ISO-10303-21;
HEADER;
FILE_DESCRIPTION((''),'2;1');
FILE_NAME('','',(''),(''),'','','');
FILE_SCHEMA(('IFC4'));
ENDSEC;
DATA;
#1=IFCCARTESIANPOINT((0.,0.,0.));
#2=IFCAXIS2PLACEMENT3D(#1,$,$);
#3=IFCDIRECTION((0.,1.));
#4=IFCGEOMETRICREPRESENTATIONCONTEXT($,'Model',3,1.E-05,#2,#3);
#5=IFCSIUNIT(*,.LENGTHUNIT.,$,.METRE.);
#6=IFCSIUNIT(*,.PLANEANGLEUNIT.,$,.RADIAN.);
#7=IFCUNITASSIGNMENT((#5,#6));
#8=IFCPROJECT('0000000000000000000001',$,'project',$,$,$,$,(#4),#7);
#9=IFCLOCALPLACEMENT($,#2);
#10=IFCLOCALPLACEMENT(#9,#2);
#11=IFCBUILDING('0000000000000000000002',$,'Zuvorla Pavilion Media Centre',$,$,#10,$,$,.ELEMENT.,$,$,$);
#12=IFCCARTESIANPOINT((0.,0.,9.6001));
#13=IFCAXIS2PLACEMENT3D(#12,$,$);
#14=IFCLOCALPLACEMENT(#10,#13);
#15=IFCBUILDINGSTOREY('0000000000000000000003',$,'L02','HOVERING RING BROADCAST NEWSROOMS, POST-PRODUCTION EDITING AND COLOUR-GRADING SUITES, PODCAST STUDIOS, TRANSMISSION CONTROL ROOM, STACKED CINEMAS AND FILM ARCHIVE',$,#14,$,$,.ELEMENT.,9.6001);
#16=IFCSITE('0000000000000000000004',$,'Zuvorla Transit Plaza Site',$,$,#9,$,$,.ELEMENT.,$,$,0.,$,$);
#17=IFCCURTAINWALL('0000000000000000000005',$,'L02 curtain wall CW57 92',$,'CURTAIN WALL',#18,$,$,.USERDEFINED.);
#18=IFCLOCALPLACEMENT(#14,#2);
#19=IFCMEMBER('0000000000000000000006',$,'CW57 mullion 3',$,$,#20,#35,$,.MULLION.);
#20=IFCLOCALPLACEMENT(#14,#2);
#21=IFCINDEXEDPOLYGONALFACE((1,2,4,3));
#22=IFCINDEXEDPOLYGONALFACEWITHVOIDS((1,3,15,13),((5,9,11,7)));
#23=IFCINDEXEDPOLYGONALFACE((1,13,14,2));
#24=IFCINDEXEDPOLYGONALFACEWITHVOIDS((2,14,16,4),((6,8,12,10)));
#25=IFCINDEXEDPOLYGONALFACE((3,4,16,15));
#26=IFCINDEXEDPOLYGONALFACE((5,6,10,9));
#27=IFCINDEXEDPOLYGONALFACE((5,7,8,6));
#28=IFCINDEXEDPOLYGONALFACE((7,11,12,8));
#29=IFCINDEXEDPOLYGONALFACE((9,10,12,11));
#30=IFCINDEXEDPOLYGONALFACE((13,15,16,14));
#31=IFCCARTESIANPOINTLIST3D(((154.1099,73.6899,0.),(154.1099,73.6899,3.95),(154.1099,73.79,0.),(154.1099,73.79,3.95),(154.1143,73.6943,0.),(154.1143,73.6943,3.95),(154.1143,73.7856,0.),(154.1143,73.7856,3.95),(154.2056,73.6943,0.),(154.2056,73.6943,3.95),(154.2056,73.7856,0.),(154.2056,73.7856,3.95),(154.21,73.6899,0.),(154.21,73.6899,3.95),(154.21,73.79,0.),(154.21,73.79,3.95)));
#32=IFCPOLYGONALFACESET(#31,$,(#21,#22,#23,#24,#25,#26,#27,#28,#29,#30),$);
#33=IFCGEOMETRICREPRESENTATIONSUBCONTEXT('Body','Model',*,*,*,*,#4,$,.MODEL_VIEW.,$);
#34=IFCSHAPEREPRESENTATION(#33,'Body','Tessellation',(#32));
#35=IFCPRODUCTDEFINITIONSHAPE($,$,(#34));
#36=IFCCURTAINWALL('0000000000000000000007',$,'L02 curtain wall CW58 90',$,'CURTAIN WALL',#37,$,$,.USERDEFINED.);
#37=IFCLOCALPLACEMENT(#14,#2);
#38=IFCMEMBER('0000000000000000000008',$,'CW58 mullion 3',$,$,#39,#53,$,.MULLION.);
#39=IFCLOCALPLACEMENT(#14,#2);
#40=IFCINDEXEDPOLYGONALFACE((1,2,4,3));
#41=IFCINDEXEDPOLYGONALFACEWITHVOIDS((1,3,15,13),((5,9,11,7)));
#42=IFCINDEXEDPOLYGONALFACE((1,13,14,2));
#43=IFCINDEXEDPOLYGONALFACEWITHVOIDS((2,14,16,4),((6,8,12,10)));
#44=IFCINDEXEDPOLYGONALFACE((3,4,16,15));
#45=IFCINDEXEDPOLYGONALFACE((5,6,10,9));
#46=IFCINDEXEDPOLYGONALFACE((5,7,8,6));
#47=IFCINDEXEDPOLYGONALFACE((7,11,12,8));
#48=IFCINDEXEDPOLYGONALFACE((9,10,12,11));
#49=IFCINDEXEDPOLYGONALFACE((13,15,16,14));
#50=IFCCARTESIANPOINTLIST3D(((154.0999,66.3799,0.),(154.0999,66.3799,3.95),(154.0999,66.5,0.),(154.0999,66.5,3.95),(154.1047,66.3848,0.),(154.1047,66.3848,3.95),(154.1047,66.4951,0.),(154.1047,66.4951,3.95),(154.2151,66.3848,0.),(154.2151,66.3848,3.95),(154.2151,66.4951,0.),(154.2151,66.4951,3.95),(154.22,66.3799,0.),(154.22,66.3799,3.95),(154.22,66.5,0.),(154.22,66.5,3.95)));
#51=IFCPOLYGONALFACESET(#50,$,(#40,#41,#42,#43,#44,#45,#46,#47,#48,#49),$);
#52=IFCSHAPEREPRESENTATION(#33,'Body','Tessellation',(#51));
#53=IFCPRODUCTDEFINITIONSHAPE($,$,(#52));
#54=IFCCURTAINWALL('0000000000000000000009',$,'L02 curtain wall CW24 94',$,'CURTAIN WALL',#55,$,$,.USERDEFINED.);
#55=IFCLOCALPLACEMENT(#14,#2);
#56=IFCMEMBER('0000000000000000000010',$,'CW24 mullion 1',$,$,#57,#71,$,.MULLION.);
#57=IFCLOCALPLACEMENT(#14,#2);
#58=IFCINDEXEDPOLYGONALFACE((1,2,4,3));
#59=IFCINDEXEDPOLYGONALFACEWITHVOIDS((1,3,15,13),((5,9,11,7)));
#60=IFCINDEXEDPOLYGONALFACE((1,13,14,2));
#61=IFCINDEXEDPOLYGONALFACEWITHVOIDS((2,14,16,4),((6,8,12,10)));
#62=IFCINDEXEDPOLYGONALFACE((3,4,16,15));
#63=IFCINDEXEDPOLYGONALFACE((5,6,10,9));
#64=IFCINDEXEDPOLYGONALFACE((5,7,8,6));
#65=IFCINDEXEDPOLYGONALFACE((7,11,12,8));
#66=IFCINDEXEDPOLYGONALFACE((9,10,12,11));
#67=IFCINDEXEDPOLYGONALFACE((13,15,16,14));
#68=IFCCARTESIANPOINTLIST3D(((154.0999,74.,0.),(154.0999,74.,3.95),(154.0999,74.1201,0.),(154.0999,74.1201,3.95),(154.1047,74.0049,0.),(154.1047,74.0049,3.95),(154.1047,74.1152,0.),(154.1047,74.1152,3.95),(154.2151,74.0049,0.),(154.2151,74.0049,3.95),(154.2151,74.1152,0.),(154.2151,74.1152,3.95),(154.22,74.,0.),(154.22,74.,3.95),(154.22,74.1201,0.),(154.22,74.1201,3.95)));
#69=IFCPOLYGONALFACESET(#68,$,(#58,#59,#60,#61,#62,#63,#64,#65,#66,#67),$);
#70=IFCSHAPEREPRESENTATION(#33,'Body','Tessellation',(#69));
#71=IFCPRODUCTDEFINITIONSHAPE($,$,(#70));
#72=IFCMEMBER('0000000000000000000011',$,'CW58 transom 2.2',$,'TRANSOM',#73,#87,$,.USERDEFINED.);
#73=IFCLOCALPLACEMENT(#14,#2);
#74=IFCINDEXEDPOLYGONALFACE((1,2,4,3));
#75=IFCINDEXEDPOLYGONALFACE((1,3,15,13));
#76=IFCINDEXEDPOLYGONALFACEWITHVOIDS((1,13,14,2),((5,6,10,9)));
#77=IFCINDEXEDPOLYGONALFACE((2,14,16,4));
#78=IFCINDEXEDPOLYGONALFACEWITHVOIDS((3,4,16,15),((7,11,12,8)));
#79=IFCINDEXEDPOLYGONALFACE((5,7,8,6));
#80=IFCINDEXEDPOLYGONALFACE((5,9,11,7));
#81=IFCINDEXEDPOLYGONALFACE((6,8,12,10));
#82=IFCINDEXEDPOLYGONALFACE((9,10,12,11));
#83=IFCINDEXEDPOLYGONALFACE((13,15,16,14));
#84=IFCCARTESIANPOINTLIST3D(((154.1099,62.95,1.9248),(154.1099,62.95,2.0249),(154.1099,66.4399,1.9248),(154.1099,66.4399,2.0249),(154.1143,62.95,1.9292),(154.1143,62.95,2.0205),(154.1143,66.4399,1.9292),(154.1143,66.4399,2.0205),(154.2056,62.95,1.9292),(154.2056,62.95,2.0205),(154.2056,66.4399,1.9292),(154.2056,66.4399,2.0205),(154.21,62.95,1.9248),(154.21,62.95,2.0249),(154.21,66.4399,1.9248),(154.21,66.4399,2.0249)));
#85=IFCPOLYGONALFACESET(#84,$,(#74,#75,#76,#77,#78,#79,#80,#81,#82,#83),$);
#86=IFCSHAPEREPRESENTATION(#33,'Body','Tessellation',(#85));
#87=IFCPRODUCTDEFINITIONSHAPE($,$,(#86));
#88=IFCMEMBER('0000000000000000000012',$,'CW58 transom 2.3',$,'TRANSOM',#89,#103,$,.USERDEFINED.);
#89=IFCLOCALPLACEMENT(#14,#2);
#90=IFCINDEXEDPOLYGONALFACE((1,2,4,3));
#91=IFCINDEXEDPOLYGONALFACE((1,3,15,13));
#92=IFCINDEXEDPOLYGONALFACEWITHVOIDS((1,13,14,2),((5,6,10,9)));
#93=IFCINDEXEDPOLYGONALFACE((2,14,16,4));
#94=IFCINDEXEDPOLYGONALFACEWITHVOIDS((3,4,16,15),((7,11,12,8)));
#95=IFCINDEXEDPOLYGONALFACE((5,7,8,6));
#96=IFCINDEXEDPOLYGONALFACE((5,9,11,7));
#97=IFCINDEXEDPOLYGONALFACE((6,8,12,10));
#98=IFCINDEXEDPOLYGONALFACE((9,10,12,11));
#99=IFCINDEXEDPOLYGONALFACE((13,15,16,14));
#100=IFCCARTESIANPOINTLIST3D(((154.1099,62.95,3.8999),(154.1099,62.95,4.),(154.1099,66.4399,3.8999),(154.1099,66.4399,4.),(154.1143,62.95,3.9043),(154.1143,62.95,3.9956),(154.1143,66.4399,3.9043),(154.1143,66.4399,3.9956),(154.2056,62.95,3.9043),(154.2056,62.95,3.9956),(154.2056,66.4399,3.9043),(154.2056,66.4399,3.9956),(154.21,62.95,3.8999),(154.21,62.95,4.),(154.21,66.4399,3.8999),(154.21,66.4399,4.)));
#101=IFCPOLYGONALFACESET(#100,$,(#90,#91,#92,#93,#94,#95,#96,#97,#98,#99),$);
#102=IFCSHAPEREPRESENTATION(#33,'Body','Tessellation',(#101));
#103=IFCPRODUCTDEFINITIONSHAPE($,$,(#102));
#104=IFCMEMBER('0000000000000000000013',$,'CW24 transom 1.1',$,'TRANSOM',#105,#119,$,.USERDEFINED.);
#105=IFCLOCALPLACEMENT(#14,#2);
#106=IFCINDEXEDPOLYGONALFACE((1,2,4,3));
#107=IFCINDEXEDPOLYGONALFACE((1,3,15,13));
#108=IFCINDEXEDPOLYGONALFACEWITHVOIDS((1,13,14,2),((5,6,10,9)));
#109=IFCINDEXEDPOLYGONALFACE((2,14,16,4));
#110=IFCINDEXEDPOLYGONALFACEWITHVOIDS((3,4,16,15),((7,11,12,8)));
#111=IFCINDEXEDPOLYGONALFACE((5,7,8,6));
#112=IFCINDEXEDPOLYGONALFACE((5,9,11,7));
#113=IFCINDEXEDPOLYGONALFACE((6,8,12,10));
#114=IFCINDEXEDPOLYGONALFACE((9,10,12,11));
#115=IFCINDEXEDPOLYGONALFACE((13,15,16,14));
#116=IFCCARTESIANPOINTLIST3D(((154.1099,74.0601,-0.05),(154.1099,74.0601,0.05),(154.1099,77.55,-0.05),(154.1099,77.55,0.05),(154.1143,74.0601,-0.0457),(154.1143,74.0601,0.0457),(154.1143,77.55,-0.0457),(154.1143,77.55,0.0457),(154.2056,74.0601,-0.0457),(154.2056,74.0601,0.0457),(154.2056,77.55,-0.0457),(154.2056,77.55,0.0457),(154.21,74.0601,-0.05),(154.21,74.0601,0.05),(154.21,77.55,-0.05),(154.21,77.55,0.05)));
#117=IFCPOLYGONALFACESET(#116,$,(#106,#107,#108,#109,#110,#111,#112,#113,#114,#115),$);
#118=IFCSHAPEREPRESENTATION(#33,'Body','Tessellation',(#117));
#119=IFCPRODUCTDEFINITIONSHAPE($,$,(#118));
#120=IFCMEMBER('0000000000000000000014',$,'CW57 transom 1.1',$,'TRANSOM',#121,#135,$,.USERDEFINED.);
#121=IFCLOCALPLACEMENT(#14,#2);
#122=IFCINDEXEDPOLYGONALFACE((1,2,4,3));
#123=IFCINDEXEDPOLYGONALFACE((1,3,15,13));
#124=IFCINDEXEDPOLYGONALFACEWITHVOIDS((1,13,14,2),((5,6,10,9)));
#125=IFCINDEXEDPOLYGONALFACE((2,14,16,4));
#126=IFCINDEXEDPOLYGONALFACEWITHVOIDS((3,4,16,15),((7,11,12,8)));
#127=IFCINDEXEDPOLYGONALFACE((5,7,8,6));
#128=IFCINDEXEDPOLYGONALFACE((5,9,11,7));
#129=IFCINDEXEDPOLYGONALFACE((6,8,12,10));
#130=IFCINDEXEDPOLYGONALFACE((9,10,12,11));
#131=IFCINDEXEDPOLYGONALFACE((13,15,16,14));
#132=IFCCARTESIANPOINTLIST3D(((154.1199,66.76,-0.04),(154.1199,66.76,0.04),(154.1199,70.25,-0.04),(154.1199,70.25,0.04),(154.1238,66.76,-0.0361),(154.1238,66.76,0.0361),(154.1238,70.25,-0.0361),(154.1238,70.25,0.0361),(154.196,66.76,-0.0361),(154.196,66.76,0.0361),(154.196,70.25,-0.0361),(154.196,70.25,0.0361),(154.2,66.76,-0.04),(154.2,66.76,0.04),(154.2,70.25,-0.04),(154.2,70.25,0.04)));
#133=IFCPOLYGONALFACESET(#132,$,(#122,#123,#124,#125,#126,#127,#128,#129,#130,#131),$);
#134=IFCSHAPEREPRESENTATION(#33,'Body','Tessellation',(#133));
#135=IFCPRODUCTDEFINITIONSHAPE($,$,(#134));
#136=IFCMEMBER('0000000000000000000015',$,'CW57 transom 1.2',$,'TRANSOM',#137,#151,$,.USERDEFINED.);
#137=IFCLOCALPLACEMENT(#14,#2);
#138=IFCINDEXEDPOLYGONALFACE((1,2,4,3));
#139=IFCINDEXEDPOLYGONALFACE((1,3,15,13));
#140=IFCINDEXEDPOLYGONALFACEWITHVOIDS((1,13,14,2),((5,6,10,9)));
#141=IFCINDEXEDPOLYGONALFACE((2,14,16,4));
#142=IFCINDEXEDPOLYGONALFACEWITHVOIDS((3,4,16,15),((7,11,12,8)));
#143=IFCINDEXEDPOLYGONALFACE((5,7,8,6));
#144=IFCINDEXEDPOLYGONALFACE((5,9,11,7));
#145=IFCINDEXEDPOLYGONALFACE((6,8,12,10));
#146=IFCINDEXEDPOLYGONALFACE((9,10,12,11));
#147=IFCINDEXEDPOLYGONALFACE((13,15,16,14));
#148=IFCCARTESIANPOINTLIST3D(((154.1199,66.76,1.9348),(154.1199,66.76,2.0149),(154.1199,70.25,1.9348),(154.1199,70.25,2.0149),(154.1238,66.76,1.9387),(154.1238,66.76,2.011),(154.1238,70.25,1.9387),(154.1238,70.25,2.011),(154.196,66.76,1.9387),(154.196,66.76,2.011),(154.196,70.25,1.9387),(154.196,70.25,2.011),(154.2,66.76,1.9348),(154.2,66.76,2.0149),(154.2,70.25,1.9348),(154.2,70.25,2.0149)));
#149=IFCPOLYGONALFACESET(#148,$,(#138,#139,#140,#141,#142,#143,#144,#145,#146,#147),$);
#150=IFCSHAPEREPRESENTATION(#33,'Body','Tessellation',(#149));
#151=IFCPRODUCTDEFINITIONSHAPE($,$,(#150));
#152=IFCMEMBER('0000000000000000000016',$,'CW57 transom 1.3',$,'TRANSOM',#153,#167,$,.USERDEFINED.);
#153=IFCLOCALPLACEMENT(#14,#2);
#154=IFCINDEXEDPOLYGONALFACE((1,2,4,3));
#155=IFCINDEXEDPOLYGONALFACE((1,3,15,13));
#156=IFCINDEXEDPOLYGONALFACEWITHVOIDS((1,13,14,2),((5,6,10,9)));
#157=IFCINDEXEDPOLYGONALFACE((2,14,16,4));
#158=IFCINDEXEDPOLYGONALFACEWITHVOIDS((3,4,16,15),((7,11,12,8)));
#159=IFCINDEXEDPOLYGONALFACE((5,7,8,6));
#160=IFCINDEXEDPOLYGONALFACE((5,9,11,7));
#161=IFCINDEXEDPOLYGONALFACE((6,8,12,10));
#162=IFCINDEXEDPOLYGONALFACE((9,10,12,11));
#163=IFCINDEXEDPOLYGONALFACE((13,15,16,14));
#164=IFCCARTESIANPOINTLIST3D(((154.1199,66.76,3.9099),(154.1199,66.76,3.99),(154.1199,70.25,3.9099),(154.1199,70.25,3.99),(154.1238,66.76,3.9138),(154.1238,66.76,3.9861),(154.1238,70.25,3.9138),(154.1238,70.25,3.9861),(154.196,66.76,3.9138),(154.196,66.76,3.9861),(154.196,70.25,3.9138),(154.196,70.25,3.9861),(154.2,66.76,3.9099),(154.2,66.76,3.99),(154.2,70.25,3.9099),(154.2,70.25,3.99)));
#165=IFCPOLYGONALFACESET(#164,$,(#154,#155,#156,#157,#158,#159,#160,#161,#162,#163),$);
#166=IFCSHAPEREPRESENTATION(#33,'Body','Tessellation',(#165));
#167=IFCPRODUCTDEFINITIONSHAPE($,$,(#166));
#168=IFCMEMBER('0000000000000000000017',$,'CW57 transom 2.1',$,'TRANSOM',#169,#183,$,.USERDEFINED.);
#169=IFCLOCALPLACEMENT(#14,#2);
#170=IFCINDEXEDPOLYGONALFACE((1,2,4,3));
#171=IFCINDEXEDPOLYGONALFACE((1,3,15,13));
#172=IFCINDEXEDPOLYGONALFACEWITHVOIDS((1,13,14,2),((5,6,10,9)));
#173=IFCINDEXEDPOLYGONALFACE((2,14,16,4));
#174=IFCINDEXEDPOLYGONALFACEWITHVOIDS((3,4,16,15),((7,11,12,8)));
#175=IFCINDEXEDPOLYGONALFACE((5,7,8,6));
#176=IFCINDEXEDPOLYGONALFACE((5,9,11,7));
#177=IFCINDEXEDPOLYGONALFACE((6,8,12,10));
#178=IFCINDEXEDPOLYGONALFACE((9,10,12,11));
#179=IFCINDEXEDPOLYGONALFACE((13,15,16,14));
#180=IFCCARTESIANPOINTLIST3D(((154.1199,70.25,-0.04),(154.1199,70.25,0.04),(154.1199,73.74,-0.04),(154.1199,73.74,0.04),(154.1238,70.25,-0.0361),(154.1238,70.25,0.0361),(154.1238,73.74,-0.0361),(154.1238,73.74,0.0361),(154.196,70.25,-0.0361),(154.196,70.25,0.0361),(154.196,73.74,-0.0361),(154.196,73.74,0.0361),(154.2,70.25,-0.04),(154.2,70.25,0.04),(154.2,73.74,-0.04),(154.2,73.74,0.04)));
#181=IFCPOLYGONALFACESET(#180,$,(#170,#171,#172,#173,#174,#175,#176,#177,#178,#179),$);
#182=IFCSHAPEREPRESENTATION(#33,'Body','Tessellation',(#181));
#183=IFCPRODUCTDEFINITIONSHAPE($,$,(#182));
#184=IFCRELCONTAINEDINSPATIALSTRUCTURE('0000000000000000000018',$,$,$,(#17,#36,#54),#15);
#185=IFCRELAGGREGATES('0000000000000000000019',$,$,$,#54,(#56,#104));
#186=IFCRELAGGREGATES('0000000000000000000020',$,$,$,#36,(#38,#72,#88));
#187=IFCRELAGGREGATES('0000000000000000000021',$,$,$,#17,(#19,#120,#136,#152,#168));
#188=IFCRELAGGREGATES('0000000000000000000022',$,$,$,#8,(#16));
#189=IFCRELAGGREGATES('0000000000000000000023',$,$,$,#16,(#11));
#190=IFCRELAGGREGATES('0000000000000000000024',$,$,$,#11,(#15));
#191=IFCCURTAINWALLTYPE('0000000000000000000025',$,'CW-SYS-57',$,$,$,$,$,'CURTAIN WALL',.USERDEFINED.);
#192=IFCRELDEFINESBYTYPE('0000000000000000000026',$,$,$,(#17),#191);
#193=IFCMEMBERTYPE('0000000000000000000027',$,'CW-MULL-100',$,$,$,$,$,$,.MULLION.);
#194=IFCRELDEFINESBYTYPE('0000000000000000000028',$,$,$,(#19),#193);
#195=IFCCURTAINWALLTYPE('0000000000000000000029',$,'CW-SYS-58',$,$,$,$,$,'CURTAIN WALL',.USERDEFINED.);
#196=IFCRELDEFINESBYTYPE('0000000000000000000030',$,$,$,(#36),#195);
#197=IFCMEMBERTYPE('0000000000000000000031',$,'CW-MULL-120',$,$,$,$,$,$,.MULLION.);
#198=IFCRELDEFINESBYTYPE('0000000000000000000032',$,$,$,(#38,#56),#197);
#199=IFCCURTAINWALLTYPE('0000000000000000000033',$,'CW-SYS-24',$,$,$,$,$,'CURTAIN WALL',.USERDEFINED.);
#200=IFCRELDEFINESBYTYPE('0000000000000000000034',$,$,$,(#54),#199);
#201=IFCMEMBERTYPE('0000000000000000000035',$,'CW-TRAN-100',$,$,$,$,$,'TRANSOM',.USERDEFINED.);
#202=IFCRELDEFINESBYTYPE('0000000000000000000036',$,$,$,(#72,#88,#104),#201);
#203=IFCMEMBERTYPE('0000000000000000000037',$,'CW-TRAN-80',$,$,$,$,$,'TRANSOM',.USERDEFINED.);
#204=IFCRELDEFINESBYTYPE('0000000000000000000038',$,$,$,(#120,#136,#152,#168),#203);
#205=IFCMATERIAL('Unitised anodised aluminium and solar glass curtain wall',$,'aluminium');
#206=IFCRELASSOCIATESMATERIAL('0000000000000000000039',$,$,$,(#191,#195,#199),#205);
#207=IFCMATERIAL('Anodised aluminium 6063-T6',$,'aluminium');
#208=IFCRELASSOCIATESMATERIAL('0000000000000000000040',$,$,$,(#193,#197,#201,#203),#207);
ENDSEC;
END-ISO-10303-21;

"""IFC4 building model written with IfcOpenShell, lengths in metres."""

from ifc_helpers import new_model, si_unit, direction, frame, origin, origin_2d, place, context, subcontext, project, spatial, hollow_rectangle, extrude, material, material_profile, profile_set, type_object, element, aggregate, save


model = new_model("IFC4")

# Units and contexts
model_context = context("Model", 3, precision=1e-05, world=origin(), true_north=direction((0.0, 1.0)))
body_context = subcontext(model_context, "Body", "Model", "MODEL_VIEW")
ifc_project = project(units=[si_unit("LENGTHUNIT", "METRE"), si_unit("PLANEANGLEUNIT", "RADIAN")], contexts=[model_context])

# Site, building, storey
site_placement = place(None, origin())
site = spatial("IfcSite", under=ifc_project, at=site_placement, Name="Zuvorla Transit Plaza Site", CompositionType="ELEMENT", RefElevation=0.0)
building_placement = place(site_placement, origin())
building = spatial("IfcBuilding", under=site, at=building_placement, Name="Zuvorla Pavilion Media Centre", CompositionType="ELEMENT")
storey_placement = place(building_placement, frame((0.0, 0.0, 9.6001)))
storey = spatial("IfcBuildingStorey", under=building, at=storey_placement, Name="L02", Description="HOVERING RING BROADCAST NEWSROOMS, POST-PRODUCTION EDITING AND COLOUR-GRADING SUITES, PODCAST STUDIOS, TRANSMISSION CONTROL ROOM, STACKED CINEMAS AND FILM ARCHIVE", CompositionType="ELEMENT", Elevation=9.6001)

# Curtain wall, member
ifc_material_1 = material(Name="Unitised anodised aluminium and solar glass curtain wall", Category="aluminium")
curtain_wall_type_1 = type_object("IfcCurtainWallType", Name="CW-SYS-57", ElementType="CURTAIN WALL", PredefinedType="USERDEFINED", material=ifc_material_1)
curtain_wall_1_placement = place(storey_placement, origin())
curtain_wall_1 = element("IfcCurtainWall", 1, at=curtain_wall_1_placement, inside=storey, type_object=curtain_wall_type_1, Name="L02 curtain wall CW57 92", ObjectType="CURTAIN WALL", PredefinedType="USERDEFINED")
ifc_material_2 = material(Name="Anodised aluminium 6063-T6", Category="aluminium")
ifc_material_profile_1 = material_profile(ifc_material_2, hollow_rectangle(XDim=0.1001, YDim=0.1001, WallThickness=0.0044, at=origin_2d()), Name="ALU MULL 100x100")
ifc_profile_set_1 = profile_set([ifc_material_profile_1], Name="Anodised aluminium 6063-T6")
member_type_1 = type_object("IfcMemberType", Name="CW-MULL-100", PredefinedType="MULLION", material=ifc_profile_set_1)
member_1_placement = place(storey_placement, frame((154.1599, 73.74, 0.0), z_axis=(0.0, 0.0, 1.0), x_axis=(1.0, 0.0, 0.0)))
member_1 = element("IfcMember", 2, at=member_1_placement, type_object=member_type_1, Name="CW57 mullion 3", PredefinedType="MULLION", context=body_context, shape_type="SweptSolid", body=[
    extrude(hollow_rectangle(XDim=0.1001, YDim=0.1001, WallThickness=0.0044, at=origin_2d()), origin(), (0.0, 0.0, 1.0), 3.95),
])

# Curtain walls, members
curtain_wall_type_2 = type_object("IfcCurtainWallType", Name="CW-SYS-58", ElementType="CURTAIN WALL", PredefinedType="USERDEFINED", material=ifc_material_1)
curtain_wall_2_placement = place(storey_placement, origin())
curtain_wall_2 = element("IfcCurtainWall", 3, at=curtain_wall_2_placement, inside=storey, type_object=curtain_wall_type_2, Name="L02 curtain wall CW58 90", ObjectType="CURTAIN WALL", PredefinedType="USERDEFINED")
ifc_material_profile_2 = material_profile(ifc_material_2, hollow_rectangle(XDim=0.1201, YDim=0.1201, WallThickness=0.0049, at=origin_2d()), Name="ALU MULL 120x120")
ifc_profile_set_2 = profile_set([ifc_material_profile_2], Name="Anodised aluminium 6063-T6")
member_type_2 = type_object("IfcMemberType", Name="CW-MULL-120", PredefinedType="MULLION", material=ifc_profile_set_2)
member_2_placement = place(storey_placement, frame((154.1599, 66.4399, 0.0), z_axis=(0.0, 0.0, 1.0), x_axis=(1.0, 0.0, 0.0)))
member_2 = element("IfcMember", 4, at=member_2_placement, type_object=member_type_2, Name="CW58 mullion 3", PredefinedType="MULLION", context=body_context, shape_type="SweptSolid", body=[
    extrude(hollow_rectangle(XDim=0.1201, YDim=0.1201, WallThickness=0.0049, at=origin_2d()), origin(), (0.0, 0.0, 1.0), 3.95),
])
curtain_wall_type_3 = type_object("IfcCurtainWallType", Name="CW-SYS-24", ElementType="CURTAIN WALL", PredefinedType="USERDEFINED", material=ifc_material_1)
curtain_wall_3_placement = place(storey_placement, origin())
curtain_wall_3 = element("IfcCurtainWall", 5, at=curtain_wall_3_placement, inside=storey, type_object=curtain_wall_type_3, Name="L02 curtain wall CW24 94", ObjectType="CURTAIN WALL", PredefinedType="USERDEFINED")
member_3_placement = place(storey_placement, frame((154.1599, 74.0601, 0.0), z_axis=(0.0, 0.0, 1.0), x_axis=(1.0, 0.0, 0.0)))
member_3 = element("IfcMember", 6, at=member_3_placement, type_object=member_type_2, Name="CW24 mullion 1", PredefinedType="MULLION", context=body_context, shape_type="SweptSolid", body=[
    extrude(hollow_rectangle(XDim=0.1201, YDim=0.1201, WallThickness=0.0049, at=origin_2d()), origin(), (0.0, 0.0, 1.0), 3.95),
])

# Members
ifc_material_profile_3 = material_profile(ifc_material_2, hollow_rectangle(XDim=0.1001, YDim=0.1001, WallThickness=0.0044, at=origin_2d()), Name="ALU TRAN 100x100")
ifc_profile_set_3 = profile_set([ifc_material_profile_3], Name="Anodised aluminium 6063-T6")
member_type_3 = type_object("IfcMemberType", Name="CW-TRAN-100", ElementType="TRANSOM", PredefinedType="USERDEFINED", material=ifc_profile_set_3)
member_4_placement = place(storey_placement, frame((154.1599, 62.95, 1.9749), z_axis=(0.0, 1.0, 0.0), x_axis=(-1.0, 0.0, 0.0)))
member_4 = element("IfcMember", 7, at=member_4_placement, type_object=member_type_3, Name="CW58 transom 2.2", ObjectType="TRANSOM", PredefinedType="USERDEFINED", context=body_context, shape_type="SweptSolid", body=[
    extrude(hollow_rectangle(XDim=0.1001, YDim=0.1001, WallThickness=0.0044, at=origin_2d()), origin(), (0.0, 0.0, 1.0), 3.49),
])
member_5_placement = place(storey_placement, frame((154.1599, 62.95, 3.95), z_axis=(0.0, 1.0, 0.0), x_axis=(-1.0, 0.0, 0.0)))
member_5 = element("IfcMember", 8, at=member_5_placement, type_object=member_type_3, Name="CW58 transom 2.3", ObjectType="TRANSOM", PredefinedType="USERDEFINED", context=body_context, shape_type="SweptSolid", body=[
    extrude(hollow_rectangle(XDim=0.1001, YDim=0.1001, WallThickness=0.0044, at=origin_2d()), origin(), (0.0, 0.0, 1.0), 3.49),
])
member_6_placement = place(storey_placement, frame((154.1599, 74.0601, 0.0), z_axis=(0.0, 1.0, 0.0), x_axis=(-1.0, 0.0, 0.0)))
member_6 = element("IfcMember", 9, at=member_6_placement, type_object=member_type_3, Name="CW24 transom 1.1", ObjectType="TRANSOM", PredefinedType="USERDEFINED", context=body_context, shape_type="SweptSolid", body=[
    extrude(hollow_rectangle(XDim=0.1001, YDim=0.1001, WallThickness=0.0044, at=origin_2d()), origin(), (0.0, 0.0, 1.0), 3.49),
])
aggregate(curtain_wall_3, [member_3, member_6])
ifc_material_profile_4 = material_profile(ifc_material_2, hollow_rectangle(XDim=0.0801, YDim=0.0801, WallThickness=0.0039, at=origin_2d()), Name="ALU TRAN 80x80")
ifc_profile_set_4 = profile_set([ifc_material_profile_4], Name="Anodised aluminium 6063-T6")
member_type_4 = type_object("IfcMemberType", Name="CW-TRAN-80", ElementType="TRANSOM", PredefinedType="USERDEFINED", material=ifc_profile_set_4)
member_7_placement = place(storey_placement, frame((154.1599, 66.76, 0.0), z_axis=(0.0, 1.0, 0.0), x_axis=(-1.0, 0.0, 0.0)))
member_7 = element("IfcMember", 10, at=member_7_placement, type_object=member_type_4, Name="CW57 transom 1.1", ObjectType="TRANSOM", PredefinedType="USERDEFINED", context=body_context, shape_type="SweptSolid", body=[
    extrude(hollow_rectangle(XDim=0.0801, YDim=0.0801, WallThickness=0.0039, at=origin_2d()), origin(), (0.0, 0.0, 1.0), 3.49),
])
member_8_placement = place(storey_placement, frame((154.1599, 66.76, 1.9749), z_axis=(0.0, 1.0, 0.0), x_axis=(-1.0, 0.0, 0.0)))
member_8 = element("IfcMember", 11, at=member_8_placement, type_object=member_type_4, Name="CW57 transom 1.2", ObjectType="TRANSOM", PredefinedType="USERDEFINED", context=body_context, shape_type="SweptSolid", body=[
    extrude(hollow_rectangle(XDim=0.0801, YDim=0.0801, WallThickness=0.0039, at=origin_2d()), origin(), (0.0, 0.0, 1.0), 3.49),
])
member_9_placement = place(storey_placement, frame((154.1599, 66.76, 3.95), z_axis=(0.0, 1.0, 0.0), x_axis=(-1.0, 0.0, 0.0)))
member_9 = element("IfcMember", 12, at=member_9_placement, type_object=member_type_4, Name="CW57 transom 1.3", ObjectType="TRANSOM", PredefinedType="USERDEFINED", context=body_context, shape_type="SweptSolid", body=[
    extrude(hollow_rectangle(XDim=0.0801, YDim=0.0801, WallThickness=0.0039, at=origin_2d()), origin(), (0.0, 0.0, 1.0), 3.49),
])
member_10_placement = place(storey_placement, frame((154.1599, 70.25, 0.0), z_axis=(0.0, 1.0, 0.0), x_axis=(-1.0, 0.0, 0.0)))
member_10 = element("IfcMember", 13, at=member_10_placement, type_object=member_type_4, Name="CW57 transom 2.1", ObjectType="TRANSOM", PredefinedType="USERDEFINED", context=body_context, shape_type="SweptSolid", body=[
    extrude(hollow_rectangle(XDim=0.0801, YDim=0.0801, WallThickness=0.0039, at=origin_2d()), origin(), (0.0, 0.0, 1.0), 3.49),
])

aggregate(curtain_wall_2, [member_2, member_4, member_5])
aggregate(curtain_wall_1, [member_1, member_7, member_8, member_9, member_10])

save(model, "model.ifc")
